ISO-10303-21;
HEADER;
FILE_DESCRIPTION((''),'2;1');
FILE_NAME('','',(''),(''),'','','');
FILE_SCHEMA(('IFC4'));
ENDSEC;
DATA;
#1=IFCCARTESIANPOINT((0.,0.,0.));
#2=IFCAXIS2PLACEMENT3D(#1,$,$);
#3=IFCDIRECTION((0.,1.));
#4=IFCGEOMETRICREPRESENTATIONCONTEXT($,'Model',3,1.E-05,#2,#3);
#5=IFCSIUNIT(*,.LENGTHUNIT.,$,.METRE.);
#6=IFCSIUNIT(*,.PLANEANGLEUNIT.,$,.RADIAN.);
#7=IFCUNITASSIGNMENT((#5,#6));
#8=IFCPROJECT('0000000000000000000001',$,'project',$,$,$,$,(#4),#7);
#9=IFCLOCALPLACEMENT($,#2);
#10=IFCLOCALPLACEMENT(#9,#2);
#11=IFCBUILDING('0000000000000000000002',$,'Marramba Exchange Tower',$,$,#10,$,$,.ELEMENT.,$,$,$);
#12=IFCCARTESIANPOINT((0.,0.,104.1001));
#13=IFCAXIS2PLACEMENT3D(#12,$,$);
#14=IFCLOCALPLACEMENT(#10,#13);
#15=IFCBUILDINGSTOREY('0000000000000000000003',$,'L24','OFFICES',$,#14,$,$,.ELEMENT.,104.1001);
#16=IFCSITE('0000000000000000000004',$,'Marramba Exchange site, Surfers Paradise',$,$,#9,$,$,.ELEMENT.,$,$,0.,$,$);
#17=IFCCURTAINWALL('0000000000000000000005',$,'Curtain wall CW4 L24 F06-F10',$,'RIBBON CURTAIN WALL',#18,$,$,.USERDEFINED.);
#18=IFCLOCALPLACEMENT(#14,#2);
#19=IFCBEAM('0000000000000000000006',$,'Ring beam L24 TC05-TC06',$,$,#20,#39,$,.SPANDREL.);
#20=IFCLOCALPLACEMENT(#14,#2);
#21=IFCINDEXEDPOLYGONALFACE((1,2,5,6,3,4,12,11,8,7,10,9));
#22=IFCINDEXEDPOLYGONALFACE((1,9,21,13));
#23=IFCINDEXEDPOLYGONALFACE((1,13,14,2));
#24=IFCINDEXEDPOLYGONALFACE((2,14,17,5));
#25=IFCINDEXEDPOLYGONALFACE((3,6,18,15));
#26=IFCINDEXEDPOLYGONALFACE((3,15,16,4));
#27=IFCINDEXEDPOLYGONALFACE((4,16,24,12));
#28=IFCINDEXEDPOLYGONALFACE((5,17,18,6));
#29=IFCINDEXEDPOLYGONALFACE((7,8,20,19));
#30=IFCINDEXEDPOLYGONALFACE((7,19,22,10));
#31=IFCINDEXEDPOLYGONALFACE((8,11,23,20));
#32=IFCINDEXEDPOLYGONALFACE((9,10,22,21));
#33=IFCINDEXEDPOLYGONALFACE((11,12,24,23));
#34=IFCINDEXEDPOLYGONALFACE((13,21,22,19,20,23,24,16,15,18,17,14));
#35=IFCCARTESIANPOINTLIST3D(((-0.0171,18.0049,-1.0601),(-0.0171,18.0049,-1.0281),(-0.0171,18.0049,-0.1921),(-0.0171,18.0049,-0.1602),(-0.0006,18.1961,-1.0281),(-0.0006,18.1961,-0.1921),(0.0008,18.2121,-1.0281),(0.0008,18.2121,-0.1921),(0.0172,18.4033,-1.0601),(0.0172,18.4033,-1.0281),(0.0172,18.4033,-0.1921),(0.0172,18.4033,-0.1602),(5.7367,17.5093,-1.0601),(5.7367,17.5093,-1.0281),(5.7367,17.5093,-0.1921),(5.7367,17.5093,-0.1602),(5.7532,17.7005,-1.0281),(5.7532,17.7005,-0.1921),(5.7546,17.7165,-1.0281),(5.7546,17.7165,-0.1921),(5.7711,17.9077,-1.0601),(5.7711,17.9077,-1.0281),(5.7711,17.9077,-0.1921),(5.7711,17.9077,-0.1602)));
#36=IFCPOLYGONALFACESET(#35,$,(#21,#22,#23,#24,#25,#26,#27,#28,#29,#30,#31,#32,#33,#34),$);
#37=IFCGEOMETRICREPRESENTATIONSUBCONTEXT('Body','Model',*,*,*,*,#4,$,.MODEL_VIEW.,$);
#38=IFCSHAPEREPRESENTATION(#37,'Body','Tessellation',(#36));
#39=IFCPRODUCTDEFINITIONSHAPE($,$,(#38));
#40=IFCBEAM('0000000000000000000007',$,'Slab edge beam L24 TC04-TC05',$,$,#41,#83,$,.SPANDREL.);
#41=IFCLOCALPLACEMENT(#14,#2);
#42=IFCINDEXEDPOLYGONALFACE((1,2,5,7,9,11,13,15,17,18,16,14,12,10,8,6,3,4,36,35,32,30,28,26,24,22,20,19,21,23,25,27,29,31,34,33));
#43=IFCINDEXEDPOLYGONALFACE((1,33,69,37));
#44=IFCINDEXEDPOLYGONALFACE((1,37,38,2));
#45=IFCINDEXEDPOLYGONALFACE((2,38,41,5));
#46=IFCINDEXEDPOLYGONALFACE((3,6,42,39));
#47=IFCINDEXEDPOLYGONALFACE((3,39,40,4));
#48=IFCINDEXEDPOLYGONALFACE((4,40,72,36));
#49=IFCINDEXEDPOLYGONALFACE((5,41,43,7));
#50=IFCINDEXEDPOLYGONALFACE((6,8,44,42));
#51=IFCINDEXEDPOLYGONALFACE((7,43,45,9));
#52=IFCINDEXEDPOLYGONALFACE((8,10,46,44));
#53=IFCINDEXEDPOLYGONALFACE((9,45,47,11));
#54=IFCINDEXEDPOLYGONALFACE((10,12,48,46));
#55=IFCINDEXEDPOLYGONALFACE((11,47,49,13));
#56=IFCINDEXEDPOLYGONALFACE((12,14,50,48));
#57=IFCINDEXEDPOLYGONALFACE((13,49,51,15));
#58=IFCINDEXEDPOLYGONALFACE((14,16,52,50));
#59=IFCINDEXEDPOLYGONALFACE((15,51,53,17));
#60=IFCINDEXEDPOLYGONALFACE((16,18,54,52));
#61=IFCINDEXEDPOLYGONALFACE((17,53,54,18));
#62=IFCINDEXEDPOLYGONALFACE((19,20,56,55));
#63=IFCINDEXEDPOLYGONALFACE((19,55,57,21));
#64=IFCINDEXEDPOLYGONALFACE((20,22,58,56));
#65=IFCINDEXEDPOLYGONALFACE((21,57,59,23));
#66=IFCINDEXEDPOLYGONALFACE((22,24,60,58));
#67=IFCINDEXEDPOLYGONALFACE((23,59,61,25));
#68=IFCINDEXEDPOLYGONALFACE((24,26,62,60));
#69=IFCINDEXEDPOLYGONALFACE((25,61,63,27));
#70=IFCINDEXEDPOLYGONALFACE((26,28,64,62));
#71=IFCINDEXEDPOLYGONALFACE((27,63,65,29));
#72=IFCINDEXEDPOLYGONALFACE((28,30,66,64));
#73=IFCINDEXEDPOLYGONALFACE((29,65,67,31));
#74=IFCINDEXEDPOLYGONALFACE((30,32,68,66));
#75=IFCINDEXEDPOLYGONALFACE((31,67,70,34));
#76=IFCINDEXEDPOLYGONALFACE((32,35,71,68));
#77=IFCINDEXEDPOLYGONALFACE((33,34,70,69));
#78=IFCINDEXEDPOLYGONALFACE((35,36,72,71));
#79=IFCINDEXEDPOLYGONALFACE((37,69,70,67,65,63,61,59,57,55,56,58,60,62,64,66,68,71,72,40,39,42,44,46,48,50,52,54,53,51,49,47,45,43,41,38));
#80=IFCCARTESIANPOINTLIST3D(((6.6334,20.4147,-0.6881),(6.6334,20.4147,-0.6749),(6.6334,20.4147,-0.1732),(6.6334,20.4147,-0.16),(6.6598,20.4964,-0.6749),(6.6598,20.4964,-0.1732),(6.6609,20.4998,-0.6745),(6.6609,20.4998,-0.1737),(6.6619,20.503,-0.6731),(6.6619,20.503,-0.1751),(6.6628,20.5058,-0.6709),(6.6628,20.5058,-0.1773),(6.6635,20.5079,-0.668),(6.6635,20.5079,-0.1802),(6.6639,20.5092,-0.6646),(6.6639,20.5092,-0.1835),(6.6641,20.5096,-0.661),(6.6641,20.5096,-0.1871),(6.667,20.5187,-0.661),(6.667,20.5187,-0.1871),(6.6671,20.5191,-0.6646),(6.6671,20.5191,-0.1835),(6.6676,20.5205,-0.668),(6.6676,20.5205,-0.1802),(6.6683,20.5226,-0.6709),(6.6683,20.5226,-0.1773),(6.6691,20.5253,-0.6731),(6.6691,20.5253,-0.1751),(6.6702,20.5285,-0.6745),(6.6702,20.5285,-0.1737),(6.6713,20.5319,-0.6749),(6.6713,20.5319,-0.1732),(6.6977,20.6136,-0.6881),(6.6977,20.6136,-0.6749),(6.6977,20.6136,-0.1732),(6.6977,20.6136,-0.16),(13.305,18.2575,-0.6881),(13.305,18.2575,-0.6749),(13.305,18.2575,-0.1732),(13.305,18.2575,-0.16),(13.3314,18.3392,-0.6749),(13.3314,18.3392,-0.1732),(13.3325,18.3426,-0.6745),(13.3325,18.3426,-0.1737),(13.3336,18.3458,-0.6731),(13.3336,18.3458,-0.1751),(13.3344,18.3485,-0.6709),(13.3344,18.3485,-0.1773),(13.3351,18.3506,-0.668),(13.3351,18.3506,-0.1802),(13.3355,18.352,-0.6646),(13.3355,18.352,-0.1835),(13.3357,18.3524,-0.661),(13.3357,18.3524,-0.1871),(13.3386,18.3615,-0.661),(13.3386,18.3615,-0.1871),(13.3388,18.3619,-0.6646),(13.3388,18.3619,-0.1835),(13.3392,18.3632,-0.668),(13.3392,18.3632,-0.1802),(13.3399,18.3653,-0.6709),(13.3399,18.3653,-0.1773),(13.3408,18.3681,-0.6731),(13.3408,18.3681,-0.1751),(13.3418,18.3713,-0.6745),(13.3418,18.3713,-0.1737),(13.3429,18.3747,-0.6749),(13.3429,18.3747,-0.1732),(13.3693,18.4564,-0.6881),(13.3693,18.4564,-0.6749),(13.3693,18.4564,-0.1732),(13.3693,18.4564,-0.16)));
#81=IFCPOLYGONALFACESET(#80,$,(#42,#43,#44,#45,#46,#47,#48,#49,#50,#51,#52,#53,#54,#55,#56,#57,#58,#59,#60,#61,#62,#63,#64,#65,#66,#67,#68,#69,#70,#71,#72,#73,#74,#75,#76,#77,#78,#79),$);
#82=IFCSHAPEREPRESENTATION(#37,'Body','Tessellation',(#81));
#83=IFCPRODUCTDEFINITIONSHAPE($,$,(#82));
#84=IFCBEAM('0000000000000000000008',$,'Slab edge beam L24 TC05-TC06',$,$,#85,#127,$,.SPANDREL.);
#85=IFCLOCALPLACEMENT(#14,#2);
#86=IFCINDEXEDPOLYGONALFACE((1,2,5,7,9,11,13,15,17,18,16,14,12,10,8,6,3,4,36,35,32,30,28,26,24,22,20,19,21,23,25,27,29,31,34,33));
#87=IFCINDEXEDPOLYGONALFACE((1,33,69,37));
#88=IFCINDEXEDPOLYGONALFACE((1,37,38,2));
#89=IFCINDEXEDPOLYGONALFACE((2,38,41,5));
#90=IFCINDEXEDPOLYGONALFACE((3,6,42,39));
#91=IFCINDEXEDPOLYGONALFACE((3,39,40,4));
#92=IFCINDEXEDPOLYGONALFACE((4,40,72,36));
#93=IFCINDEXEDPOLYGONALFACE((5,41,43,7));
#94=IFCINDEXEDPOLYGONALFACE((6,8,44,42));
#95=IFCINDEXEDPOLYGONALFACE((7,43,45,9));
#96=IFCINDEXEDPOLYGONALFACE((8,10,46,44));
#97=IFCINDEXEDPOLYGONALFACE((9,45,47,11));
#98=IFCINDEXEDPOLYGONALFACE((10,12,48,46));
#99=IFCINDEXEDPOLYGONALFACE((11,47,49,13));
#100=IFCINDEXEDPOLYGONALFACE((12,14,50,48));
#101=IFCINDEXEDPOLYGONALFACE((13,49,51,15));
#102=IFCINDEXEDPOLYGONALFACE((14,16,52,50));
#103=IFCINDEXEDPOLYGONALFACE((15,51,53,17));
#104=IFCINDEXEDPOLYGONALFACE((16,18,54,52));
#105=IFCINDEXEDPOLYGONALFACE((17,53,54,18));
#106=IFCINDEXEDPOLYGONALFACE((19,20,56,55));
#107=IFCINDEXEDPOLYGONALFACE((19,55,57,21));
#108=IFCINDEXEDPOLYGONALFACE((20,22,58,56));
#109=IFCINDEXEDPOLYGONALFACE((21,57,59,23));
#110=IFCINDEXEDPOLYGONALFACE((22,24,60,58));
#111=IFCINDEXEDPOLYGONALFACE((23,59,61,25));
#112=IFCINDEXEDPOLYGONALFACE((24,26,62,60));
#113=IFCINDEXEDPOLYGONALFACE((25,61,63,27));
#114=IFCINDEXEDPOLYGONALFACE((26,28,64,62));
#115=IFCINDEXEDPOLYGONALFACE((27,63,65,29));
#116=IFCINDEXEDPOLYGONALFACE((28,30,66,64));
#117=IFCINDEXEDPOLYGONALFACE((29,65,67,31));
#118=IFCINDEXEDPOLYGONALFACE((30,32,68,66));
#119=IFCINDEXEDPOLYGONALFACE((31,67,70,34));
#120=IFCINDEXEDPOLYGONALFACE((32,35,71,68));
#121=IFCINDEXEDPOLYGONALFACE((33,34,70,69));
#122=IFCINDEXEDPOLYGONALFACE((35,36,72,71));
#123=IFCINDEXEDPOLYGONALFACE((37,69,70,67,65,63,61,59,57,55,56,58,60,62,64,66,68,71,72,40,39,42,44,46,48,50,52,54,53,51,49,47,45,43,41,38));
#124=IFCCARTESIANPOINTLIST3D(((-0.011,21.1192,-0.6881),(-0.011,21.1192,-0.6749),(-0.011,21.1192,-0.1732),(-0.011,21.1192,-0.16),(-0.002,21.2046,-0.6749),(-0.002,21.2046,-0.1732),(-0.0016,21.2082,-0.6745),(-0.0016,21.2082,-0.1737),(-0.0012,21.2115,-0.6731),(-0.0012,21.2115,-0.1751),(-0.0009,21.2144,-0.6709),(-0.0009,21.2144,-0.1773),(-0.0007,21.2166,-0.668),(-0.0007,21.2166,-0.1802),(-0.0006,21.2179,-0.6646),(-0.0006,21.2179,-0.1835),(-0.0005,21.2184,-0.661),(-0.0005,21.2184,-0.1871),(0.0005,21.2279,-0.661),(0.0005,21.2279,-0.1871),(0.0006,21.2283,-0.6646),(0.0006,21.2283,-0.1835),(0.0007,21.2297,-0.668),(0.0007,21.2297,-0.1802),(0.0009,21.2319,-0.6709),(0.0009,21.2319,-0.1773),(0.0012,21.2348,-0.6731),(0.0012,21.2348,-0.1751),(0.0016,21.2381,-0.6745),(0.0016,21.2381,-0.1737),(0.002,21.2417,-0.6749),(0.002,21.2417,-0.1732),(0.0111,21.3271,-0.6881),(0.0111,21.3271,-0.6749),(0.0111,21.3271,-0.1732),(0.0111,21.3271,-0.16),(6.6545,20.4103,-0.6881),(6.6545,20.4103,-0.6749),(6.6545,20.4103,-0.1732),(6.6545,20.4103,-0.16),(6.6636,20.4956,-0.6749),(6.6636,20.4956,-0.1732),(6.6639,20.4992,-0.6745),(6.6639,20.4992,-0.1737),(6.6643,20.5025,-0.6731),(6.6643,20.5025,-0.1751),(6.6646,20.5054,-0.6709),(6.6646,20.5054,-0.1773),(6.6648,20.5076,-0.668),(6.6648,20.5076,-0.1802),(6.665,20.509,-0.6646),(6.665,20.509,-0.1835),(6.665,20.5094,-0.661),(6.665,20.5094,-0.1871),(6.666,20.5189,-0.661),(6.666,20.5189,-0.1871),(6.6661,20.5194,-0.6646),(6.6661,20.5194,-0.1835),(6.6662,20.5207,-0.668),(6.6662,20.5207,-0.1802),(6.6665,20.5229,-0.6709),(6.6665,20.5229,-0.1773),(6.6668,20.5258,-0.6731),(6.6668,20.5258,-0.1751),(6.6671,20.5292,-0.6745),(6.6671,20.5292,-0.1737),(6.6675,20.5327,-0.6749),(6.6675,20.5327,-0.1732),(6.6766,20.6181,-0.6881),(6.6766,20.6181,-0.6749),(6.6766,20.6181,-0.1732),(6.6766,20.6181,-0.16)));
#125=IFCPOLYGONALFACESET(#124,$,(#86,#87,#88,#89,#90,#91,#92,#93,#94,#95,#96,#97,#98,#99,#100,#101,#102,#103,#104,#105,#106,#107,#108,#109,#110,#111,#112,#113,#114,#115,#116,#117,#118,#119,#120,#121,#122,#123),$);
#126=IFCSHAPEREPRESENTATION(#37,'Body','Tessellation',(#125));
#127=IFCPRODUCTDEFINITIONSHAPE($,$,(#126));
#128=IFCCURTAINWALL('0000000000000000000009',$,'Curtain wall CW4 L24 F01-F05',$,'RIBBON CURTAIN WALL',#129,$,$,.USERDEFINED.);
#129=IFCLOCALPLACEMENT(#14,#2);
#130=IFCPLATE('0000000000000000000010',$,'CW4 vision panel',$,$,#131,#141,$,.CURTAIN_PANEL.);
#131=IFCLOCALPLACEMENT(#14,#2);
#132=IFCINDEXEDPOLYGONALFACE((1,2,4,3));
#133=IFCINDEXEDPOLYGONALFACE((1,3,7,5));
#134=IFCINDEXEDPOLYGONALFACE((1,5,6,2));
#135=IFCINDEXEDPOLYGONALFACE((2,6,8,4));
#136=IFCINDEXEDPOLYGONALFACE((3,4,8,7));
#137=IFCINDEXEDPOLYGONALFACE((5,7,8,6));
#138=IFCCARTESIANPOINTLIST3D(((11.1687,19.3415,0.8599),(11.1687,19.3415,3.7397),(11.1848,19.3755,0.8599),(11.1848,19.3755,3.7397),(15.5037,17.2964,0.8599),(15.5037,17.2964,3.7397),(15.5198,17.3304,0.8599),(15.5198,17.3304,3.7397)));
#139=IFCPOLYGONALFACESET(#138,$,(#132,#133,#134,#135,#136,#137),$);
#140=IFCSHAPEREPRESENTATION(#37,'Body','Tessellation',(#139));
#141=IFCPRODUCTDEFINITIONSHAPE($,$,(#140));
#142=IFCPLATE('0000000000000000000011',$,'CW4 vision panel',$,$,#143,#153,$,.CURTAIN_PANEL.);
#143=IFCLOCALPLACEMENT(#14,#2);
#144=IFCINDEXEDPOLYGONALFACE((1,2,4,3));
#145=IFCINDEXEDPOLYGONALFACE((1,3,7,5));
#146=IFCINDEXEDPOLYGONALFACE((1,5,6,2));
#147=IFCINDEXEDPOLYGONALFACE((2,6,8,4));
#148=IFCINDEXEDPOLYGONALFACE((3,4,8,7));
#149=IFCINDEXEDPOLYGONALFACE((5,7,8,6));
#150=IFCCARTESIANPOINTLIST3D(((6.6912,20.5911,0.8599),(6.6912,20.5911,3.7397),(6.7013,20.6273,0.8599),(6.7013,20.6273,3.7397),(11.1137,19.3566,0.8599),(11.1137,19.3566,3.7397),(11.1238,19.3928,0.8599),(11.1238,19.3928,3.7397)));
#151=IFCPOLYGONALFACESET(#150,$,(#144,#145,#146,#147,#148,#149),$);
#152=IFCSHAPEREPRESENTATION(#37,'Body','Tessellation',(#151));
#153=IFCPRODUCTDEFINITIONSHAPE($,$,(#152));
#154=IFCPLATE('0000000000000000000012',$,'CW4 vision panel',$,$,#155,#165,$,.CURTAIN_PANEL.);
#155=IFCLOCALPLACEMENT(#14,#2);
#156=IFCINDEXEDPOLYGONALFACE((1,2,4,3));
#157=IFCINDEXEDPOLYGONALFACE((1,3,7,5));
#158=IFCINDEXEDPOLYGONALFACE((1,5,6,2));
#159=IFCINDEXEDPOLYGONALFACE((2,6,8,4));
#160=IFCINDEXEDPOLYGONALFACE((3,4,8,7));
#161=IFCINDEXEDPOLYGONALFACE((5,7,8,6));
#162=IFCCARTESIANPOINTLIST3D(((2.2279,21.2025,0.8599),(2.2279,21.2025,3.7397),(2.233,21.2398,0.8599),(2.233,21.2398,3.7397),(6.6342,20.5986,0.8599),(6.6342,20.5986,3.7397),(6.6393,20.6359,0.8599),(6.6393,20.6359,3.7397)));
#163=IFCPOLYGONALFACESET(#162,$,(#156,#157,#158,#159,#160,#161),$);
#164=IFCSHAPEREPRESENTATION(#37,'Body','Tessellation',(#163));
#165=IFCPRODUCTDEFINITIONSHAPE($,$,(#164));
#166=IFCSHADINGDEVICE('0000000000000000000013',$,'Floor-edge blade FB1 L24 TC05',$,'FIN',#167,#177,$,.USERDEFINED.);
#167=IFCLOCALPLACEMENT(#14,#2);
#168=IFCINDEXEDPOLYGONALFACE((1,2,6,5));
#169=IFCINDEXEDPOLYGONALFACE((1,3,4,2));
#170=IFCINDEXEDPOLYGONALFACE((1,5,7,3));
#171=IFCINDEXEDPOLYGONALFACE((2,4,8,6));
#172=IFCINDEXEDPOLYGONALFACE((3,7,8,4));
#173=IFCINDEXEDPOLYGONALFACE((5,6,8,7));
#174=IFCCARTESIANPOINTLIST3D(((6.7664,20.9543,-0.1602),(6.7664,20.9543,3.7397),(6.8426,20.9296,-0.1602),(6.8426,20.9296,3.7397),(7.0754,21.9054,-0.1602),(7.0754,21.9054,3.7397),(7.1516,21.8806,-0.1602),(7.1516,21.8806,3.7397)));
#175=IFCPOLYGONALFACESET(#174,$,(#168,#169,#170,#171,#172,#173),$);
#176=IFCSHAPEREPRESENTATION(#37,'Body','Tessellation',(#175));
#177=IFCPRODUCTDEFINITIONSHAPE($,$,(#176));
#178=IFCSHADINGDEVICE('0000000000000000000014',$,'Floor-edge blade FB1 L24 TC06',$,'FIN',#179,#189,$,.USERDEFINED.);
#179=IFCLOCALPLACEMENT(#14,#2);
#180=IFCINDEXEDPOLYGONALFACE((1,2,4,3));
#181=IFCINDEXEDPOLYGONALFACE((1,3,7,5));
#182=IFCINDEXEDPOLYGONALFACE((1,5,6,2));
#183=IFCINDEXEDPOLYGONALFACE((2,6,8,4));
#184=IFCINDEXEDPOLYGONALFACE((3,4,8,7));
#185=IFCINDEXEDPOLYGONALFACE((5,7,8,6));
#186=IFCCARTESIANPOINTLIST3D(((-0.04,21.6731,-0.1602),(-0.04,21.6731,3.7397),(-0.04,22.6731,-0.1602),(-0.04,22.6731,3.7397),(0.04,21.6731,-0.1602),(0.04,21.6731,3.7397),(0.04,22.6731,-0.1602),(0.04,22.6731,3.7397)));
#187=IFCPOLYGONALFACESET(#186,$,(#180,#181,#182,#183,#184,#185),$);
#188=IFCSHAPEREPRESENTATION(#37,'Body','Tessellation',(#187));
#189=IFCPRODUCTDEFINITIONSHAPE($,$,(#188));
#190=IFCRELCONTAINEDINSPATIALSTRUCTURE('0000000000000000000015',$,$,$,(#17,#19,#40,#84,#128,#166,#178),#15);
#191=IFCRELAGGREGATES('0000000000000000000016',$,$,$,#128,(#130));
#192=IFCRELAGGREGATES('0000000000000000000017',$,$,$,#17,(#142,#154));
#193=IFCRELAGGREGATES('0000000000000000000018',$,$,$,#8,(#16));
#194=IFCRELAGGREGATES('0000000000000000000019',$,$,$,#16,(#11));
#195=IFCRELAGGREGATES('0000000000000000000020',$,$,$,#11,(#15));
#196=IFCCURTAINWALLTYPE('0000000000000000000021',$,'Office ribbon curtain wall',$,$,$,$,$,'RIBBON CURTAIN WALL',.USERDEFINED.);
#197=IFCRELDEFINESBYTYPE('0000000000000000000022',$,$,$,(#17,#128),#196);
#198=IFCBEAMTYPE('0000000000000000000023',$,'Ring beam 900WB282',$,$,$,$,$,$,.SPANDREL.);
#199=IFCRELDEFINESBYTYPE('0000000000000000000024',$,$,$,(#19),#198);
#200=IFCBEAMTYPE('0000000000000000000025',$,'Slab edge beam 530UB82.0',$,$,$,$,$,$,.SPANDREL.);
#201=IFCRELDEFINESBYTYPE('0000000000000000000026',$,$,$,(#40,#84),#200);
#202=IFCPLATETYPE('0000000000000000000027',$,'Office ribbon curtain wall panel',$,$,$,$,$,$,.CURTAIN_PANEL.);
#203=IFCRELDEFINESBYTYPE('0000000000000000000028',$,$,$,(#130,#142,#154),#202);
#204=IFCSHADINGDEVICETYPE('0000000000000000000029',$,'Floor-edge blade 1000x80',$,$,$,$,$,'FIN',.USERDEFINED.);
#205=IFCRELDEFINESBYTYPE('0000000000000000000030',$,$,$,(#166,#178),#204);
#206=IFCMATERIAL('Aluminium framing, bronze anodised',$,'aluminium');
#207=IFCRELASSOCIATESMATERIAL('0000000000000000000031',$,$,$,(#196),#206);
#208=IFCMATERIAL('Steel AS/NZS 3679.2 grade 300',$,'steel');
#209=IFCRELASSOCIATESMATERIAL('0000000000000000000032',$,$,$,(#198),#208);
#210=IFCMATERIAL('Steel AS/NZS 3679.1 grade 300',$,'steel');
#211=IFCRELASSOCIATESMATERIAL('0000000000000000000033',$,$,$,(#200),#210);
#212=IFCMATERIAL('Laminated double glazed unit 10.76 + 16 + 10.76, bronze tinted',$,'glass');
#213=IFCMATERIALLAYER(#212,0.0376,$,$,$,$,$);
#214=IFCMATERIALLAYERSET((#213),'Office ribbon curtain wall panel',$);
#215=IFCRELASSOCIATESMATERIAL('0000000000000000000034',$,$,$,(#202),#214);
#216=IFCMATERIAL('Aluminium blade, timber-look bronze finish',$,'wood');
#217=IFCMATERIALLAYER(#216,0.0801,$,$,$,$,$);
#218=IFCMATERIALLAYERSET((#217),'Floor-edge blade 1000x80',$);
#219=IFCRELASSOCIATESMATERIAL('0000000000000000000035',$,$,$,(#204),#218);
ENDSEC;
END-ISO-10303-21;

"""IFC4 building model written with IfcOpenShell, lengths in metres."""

from ifc_helpers import new_model, si_unit, direction, frame, origin, origin_2d, place, context, subcontext, project, spatial, rectangle, i_section, extrude, material, layer, layer_set, material_profile, profile_set, type_object, element, aggregate, save


model = new_model("IFC4")

# Units and contexts
model_context = context("Model", 3, precision=1e-05, world=origin(), true_north=direction((0.0, 1.0)))
body_context = subcontext(model_context, "Body", "Model", "MODEL_VIEW")
ifc_project = project(units=[si_unit("LENGTHUNIT", "METRE"), si_unit("PLANEANGLEUNIT", "RADIAN")], contexts=[model_context])

# Site, building, storey
site_placement = place(None, origin())
site = spatial("IfcSite", under=ifc_project, at=site_placement, Name="Marramba Exchange site, Surfers Paradise", CompositionType="ELEMENT", RefElevation=0.0)
building_placement = place(site_placement, origin())
building = spatial("IfcBuilding", under=site, at=building_placement, Name="Marramba Exchange Tower", CompositionType="ELEMENT")
storey_placement = place(building_placement, frame((0.0, 0.0, 104.1001)))
storey = spatial("IfcBuildingStorey", under=building, at=storey_placement, Name="L24", Description="OFFICES", CompositionType="ELEMENT", Elevation=104.1001)

# Shared definitions
ifc_material_1 = material(Name="Steel AS/NZS 3679.2 grade 300", Category="steel")

# Curtain wall
ifc_material_2 = material(Name="Aluminium framing, bronze anodised", Category="aluminium")
curtain_wall_type = type_object("IfcCurtainWallType", Name="Office ribbon curtain wall", ElementType="RIBBON CURTAIN WALL", PredefinedType="USERDEFINED", material=ifc_material_2)
curtain_wall_1_placement = place(storey_placement, origin())
curtain_wall_1 = element("IfcCurtainWall", 1, at=curtain_wall_1_placement, inside=storey, type_object=curtain_wall_type, Name="Curtain wall CW4 L24 F06-F10", ObjectType="RIBBON CURTAIN WALL", PredefinedType="USERDEFINED")

# Beams
ifc_material_profile_1 = material_profile(ifc_material_1, i_section(OverallWidth=0.3999, OverallDepth=0.8999, WebThickness=0.0161, FlangeThickness=0.032, at=origin_2d()), Name="900WB282")
ifc_profile_set_1 = profile_set([ifc_material_profile_1], Name="Steel AS/NZS 3679.2 grade 300")
beam_type_1 = type_object("IfcBeamType", Name="Ring beam 900WB282", PredefinedType="SPANDREL", material=ifc_profile_set_1)
beam_1_placement = place(storey_placement, frame((5.7539, 17.7085, -0.6101), z_axis=(-0.996311, 0.085816, 0.0), x_axis=(-0.085816, -0.996311, 0.0)))
element("IfcBeam", 2, at=beam_1_placement, inside=storey, type_object=beam_type_1, Name="Ring beam L24 TC05-TC06", PredefinedType="SPANDREL", context=body_context, shape_type="SweptSolid", body=[
    extrude(i_section(OverallWidth=0.3999, OverallDepth=0.8999, WebThickness=0.0161, FlangeThickness=0.032, at=origin_2d()), origin(), (0.0, 0.0, 1.0), 5.7751),
])
ifc_material_3 = material(Name="Steel AS/NZS 3679.1 grade 300", Category="steel")
ifc_material_profile_2 = material_profile(ifc_material_3, i_section(OverallWidth=0.209, OverallDepth=0.5281, WebThickness=0.0095, FlangeThickness=0.0132, FilletRadius=0.0139, at=origin_2d()), Name="530UB82.0")
ifc_profile_set_2 = profile_set([ifc_material_profile_2], Name="Steel AS/NZS 3679.1 grade 300")
beam_type_2 = type_object("IfcBeamType", Name="Slab edge beam 530UB82.0", PredefinedType="SPANDREL", material=ifc_profile_set_2)
beam_2_placement = place(storey_placement, frame((13.3372, 18.3569, -0.4241), z_axis=(-0.951496, 0.30766, 0.0), x_axis=(-0.30766, -0.951496, 0.0)))
element("IfcBeam", 3, at=beam_2_placement, inside=storey, type_object=beam_type_2, Name="Slab edge beam L24 TC04-TC05", PredefinedType="SPANDREL", context=body_context, shape_type="SweptSolid", body=[
    extrude(i_section(OverallWidth=0.209, OverallDepth=0.5281, WebThickness=0.0095, FlangeThickness=0.0132, FilletRadius=0.0139, at=origin_2d()), origin(), (0.0, 0.0, 1.0), 7.0117),
])
beam_3_placement = place(storey_placement, frame((6.6655, 20.5142, -0.4241), z_axis=(-0.994391, 0.105769, 0.0), x_axis=(-0.105769, -0.994391, 0.0)))
element("IfcBeam", 4, at=beam_3_placement, inside=storey, type_object=beam_type_2, Name="Slab edge beam L24 TC05-TC06", PredefinedType="SPANDREL", context=body_context, shape_type="SweptSolid", body=[
    extrude(i_section(OverallWidth=0.209, OverallDepth=0.5281, WebThickness=0.0095, FlangeThickness=0.0132, FilletRadius=0.0139, at=origin_2d()), origin(), (0.0, 0.0, 1.0), 6.7031),
])

# Curtain wall, plate
curtain_wall_2_placement = place(storey_placement, origin())
curtain_wall_2 = element("IfcCurtainWall", 5, at=curtain_wall_2_placement, inside=storey, type_object=curtain_wall_type, Name="Curtain wall CW4 L24 F01-F05", ObjectType="RIBBON CURTAIN WALL", PredefinedType="USERDEFINED")
ifc_material_4 = material(Name="Laminated double glazed unit 10.76 + 16 + 10.76, bronze tinted", Category="glass")
ifc_layer_1 = layer(ifc_material_4, 0.0376)
ifc_layer_set_1 = layer_set([ifc_layer_1], Name="Office ribbon curtain wall panel")
plate_type = type_object("IfcPlateType", Name="Office ribbon curtain wall panel", PredefinedType="CURTAIN_PANEL", material=ifc_layer_set_1)
plate_1_placement = place(storey_placement, frame((13.3442, 18.3359, 0.8599), z_axis=(0.0, 0.0, 1.0), x_axis=(-0.904403, 0.426679, 0.0)))
plate_1 = element("IfcPlate", 6, at=plate_1_placement, type_object=plate_type, Name="CW4 vision panel", PredefinedType="CURTAIN_PANEL", context=body_context, shape_type="SweptSolid", body=[
    extrude(rectangle(XDim=4.7932, YDim=0.0376, at=origin_2d()), origin(), (0.0, 0.0, 1.0), 2.8799),
])
aggregate(curtain_wall_2, [plate_1])

# Plates
plate_2_placement = place(storey_placement, frame((8.9075, 19.9919, 0.8599), z_axis=(0.0, 0.0, 1.0), x_axis=(-0.963178, 0.268865, 0.0)))
plate_2 = element("IfcPlate", 7, at=plate_2_placement, type_object=plate_type, Name="CW4 vision panel", PredefinedType="CURTAIN_PANEL", context=body_context, shape_type="SweptSolid", body=[
    extrude(rectangle(XDim=4.5916, YDim=0.0376, at=origin_2d()), origin(), (0.0, 0.0, 1.0), 2.8799),
])
plate_3_placement = place(storey_placement, frame((4.4336, 20.9192, 0.8599), z_axis=(0.0, 0.0, 1.0), x_axis=(-0.990738, 0.135786, 0.0)))
plate_3 = element("IfcPlate", 8, at=plate_3_placement, type_object=plate_type, Name="CW4 vision panel", PredefinedType="CURTAIN_PANEL", context=body_context, shape_type="SweptSolid", body=[
    extrude(rectangle(XDim=4.4475, YDim=0.0376, at=origin_2d()), origin(), (0.0, 0.0, 1.0), 2.8799),
])
aggregate(curtain_wall_1, [plate_2, plate_3])

# Shading devices
ifc_material_5 = material(Name="Aluminium blade, timber-look bronze finish", Category="wood")
ifc_layer_2 = layer(ifc_material_5, 0.0801)
ifc_layer_set_2 = layer_set([ifc_layer_2], Name="Floor-edge blade 1000x80")
shading_device_type_1 = type_object("IfcShadingDeviceType", Name="Floor-edge blade 1000x80", ElementType="FIN", PredefinedType="USERDEFINED", material=ifc_layer_set_2)
for number, where, z_axis, x_axis, name in (
    (9, (6.959, 21.4175, -0.1602), (0.0, 0.0, 1.0), (0.309017, 0.951057, 0.0), "Floor-edge blade FB1 L24 TC05"),
    (10, (0.0, 22.1731, -0.1602), (0.0, 0.0, 1.0), (0.0, 1.0, 0.0), "Floor-edge blade FB1 L24 TC06"),
):
    element("IfcShadingDevice", number, at=place(storey_placement, frame(where, z_axis=z_axis, x_axis=x_axis)), inside=storey, type_object=shading_device_type_1, Name=name, ObjectType="FIN", PredefinedType="USERDEFINED", context=body_context, shape_type="SweptSolid", body=[
        extrude(rectangle(XDim=1.0, YDim=0.0801, at=origin_2d()), origin(), (0.0, 0.0, 1.0), 3.8999),
    ])

save(model, "model.ifc")
